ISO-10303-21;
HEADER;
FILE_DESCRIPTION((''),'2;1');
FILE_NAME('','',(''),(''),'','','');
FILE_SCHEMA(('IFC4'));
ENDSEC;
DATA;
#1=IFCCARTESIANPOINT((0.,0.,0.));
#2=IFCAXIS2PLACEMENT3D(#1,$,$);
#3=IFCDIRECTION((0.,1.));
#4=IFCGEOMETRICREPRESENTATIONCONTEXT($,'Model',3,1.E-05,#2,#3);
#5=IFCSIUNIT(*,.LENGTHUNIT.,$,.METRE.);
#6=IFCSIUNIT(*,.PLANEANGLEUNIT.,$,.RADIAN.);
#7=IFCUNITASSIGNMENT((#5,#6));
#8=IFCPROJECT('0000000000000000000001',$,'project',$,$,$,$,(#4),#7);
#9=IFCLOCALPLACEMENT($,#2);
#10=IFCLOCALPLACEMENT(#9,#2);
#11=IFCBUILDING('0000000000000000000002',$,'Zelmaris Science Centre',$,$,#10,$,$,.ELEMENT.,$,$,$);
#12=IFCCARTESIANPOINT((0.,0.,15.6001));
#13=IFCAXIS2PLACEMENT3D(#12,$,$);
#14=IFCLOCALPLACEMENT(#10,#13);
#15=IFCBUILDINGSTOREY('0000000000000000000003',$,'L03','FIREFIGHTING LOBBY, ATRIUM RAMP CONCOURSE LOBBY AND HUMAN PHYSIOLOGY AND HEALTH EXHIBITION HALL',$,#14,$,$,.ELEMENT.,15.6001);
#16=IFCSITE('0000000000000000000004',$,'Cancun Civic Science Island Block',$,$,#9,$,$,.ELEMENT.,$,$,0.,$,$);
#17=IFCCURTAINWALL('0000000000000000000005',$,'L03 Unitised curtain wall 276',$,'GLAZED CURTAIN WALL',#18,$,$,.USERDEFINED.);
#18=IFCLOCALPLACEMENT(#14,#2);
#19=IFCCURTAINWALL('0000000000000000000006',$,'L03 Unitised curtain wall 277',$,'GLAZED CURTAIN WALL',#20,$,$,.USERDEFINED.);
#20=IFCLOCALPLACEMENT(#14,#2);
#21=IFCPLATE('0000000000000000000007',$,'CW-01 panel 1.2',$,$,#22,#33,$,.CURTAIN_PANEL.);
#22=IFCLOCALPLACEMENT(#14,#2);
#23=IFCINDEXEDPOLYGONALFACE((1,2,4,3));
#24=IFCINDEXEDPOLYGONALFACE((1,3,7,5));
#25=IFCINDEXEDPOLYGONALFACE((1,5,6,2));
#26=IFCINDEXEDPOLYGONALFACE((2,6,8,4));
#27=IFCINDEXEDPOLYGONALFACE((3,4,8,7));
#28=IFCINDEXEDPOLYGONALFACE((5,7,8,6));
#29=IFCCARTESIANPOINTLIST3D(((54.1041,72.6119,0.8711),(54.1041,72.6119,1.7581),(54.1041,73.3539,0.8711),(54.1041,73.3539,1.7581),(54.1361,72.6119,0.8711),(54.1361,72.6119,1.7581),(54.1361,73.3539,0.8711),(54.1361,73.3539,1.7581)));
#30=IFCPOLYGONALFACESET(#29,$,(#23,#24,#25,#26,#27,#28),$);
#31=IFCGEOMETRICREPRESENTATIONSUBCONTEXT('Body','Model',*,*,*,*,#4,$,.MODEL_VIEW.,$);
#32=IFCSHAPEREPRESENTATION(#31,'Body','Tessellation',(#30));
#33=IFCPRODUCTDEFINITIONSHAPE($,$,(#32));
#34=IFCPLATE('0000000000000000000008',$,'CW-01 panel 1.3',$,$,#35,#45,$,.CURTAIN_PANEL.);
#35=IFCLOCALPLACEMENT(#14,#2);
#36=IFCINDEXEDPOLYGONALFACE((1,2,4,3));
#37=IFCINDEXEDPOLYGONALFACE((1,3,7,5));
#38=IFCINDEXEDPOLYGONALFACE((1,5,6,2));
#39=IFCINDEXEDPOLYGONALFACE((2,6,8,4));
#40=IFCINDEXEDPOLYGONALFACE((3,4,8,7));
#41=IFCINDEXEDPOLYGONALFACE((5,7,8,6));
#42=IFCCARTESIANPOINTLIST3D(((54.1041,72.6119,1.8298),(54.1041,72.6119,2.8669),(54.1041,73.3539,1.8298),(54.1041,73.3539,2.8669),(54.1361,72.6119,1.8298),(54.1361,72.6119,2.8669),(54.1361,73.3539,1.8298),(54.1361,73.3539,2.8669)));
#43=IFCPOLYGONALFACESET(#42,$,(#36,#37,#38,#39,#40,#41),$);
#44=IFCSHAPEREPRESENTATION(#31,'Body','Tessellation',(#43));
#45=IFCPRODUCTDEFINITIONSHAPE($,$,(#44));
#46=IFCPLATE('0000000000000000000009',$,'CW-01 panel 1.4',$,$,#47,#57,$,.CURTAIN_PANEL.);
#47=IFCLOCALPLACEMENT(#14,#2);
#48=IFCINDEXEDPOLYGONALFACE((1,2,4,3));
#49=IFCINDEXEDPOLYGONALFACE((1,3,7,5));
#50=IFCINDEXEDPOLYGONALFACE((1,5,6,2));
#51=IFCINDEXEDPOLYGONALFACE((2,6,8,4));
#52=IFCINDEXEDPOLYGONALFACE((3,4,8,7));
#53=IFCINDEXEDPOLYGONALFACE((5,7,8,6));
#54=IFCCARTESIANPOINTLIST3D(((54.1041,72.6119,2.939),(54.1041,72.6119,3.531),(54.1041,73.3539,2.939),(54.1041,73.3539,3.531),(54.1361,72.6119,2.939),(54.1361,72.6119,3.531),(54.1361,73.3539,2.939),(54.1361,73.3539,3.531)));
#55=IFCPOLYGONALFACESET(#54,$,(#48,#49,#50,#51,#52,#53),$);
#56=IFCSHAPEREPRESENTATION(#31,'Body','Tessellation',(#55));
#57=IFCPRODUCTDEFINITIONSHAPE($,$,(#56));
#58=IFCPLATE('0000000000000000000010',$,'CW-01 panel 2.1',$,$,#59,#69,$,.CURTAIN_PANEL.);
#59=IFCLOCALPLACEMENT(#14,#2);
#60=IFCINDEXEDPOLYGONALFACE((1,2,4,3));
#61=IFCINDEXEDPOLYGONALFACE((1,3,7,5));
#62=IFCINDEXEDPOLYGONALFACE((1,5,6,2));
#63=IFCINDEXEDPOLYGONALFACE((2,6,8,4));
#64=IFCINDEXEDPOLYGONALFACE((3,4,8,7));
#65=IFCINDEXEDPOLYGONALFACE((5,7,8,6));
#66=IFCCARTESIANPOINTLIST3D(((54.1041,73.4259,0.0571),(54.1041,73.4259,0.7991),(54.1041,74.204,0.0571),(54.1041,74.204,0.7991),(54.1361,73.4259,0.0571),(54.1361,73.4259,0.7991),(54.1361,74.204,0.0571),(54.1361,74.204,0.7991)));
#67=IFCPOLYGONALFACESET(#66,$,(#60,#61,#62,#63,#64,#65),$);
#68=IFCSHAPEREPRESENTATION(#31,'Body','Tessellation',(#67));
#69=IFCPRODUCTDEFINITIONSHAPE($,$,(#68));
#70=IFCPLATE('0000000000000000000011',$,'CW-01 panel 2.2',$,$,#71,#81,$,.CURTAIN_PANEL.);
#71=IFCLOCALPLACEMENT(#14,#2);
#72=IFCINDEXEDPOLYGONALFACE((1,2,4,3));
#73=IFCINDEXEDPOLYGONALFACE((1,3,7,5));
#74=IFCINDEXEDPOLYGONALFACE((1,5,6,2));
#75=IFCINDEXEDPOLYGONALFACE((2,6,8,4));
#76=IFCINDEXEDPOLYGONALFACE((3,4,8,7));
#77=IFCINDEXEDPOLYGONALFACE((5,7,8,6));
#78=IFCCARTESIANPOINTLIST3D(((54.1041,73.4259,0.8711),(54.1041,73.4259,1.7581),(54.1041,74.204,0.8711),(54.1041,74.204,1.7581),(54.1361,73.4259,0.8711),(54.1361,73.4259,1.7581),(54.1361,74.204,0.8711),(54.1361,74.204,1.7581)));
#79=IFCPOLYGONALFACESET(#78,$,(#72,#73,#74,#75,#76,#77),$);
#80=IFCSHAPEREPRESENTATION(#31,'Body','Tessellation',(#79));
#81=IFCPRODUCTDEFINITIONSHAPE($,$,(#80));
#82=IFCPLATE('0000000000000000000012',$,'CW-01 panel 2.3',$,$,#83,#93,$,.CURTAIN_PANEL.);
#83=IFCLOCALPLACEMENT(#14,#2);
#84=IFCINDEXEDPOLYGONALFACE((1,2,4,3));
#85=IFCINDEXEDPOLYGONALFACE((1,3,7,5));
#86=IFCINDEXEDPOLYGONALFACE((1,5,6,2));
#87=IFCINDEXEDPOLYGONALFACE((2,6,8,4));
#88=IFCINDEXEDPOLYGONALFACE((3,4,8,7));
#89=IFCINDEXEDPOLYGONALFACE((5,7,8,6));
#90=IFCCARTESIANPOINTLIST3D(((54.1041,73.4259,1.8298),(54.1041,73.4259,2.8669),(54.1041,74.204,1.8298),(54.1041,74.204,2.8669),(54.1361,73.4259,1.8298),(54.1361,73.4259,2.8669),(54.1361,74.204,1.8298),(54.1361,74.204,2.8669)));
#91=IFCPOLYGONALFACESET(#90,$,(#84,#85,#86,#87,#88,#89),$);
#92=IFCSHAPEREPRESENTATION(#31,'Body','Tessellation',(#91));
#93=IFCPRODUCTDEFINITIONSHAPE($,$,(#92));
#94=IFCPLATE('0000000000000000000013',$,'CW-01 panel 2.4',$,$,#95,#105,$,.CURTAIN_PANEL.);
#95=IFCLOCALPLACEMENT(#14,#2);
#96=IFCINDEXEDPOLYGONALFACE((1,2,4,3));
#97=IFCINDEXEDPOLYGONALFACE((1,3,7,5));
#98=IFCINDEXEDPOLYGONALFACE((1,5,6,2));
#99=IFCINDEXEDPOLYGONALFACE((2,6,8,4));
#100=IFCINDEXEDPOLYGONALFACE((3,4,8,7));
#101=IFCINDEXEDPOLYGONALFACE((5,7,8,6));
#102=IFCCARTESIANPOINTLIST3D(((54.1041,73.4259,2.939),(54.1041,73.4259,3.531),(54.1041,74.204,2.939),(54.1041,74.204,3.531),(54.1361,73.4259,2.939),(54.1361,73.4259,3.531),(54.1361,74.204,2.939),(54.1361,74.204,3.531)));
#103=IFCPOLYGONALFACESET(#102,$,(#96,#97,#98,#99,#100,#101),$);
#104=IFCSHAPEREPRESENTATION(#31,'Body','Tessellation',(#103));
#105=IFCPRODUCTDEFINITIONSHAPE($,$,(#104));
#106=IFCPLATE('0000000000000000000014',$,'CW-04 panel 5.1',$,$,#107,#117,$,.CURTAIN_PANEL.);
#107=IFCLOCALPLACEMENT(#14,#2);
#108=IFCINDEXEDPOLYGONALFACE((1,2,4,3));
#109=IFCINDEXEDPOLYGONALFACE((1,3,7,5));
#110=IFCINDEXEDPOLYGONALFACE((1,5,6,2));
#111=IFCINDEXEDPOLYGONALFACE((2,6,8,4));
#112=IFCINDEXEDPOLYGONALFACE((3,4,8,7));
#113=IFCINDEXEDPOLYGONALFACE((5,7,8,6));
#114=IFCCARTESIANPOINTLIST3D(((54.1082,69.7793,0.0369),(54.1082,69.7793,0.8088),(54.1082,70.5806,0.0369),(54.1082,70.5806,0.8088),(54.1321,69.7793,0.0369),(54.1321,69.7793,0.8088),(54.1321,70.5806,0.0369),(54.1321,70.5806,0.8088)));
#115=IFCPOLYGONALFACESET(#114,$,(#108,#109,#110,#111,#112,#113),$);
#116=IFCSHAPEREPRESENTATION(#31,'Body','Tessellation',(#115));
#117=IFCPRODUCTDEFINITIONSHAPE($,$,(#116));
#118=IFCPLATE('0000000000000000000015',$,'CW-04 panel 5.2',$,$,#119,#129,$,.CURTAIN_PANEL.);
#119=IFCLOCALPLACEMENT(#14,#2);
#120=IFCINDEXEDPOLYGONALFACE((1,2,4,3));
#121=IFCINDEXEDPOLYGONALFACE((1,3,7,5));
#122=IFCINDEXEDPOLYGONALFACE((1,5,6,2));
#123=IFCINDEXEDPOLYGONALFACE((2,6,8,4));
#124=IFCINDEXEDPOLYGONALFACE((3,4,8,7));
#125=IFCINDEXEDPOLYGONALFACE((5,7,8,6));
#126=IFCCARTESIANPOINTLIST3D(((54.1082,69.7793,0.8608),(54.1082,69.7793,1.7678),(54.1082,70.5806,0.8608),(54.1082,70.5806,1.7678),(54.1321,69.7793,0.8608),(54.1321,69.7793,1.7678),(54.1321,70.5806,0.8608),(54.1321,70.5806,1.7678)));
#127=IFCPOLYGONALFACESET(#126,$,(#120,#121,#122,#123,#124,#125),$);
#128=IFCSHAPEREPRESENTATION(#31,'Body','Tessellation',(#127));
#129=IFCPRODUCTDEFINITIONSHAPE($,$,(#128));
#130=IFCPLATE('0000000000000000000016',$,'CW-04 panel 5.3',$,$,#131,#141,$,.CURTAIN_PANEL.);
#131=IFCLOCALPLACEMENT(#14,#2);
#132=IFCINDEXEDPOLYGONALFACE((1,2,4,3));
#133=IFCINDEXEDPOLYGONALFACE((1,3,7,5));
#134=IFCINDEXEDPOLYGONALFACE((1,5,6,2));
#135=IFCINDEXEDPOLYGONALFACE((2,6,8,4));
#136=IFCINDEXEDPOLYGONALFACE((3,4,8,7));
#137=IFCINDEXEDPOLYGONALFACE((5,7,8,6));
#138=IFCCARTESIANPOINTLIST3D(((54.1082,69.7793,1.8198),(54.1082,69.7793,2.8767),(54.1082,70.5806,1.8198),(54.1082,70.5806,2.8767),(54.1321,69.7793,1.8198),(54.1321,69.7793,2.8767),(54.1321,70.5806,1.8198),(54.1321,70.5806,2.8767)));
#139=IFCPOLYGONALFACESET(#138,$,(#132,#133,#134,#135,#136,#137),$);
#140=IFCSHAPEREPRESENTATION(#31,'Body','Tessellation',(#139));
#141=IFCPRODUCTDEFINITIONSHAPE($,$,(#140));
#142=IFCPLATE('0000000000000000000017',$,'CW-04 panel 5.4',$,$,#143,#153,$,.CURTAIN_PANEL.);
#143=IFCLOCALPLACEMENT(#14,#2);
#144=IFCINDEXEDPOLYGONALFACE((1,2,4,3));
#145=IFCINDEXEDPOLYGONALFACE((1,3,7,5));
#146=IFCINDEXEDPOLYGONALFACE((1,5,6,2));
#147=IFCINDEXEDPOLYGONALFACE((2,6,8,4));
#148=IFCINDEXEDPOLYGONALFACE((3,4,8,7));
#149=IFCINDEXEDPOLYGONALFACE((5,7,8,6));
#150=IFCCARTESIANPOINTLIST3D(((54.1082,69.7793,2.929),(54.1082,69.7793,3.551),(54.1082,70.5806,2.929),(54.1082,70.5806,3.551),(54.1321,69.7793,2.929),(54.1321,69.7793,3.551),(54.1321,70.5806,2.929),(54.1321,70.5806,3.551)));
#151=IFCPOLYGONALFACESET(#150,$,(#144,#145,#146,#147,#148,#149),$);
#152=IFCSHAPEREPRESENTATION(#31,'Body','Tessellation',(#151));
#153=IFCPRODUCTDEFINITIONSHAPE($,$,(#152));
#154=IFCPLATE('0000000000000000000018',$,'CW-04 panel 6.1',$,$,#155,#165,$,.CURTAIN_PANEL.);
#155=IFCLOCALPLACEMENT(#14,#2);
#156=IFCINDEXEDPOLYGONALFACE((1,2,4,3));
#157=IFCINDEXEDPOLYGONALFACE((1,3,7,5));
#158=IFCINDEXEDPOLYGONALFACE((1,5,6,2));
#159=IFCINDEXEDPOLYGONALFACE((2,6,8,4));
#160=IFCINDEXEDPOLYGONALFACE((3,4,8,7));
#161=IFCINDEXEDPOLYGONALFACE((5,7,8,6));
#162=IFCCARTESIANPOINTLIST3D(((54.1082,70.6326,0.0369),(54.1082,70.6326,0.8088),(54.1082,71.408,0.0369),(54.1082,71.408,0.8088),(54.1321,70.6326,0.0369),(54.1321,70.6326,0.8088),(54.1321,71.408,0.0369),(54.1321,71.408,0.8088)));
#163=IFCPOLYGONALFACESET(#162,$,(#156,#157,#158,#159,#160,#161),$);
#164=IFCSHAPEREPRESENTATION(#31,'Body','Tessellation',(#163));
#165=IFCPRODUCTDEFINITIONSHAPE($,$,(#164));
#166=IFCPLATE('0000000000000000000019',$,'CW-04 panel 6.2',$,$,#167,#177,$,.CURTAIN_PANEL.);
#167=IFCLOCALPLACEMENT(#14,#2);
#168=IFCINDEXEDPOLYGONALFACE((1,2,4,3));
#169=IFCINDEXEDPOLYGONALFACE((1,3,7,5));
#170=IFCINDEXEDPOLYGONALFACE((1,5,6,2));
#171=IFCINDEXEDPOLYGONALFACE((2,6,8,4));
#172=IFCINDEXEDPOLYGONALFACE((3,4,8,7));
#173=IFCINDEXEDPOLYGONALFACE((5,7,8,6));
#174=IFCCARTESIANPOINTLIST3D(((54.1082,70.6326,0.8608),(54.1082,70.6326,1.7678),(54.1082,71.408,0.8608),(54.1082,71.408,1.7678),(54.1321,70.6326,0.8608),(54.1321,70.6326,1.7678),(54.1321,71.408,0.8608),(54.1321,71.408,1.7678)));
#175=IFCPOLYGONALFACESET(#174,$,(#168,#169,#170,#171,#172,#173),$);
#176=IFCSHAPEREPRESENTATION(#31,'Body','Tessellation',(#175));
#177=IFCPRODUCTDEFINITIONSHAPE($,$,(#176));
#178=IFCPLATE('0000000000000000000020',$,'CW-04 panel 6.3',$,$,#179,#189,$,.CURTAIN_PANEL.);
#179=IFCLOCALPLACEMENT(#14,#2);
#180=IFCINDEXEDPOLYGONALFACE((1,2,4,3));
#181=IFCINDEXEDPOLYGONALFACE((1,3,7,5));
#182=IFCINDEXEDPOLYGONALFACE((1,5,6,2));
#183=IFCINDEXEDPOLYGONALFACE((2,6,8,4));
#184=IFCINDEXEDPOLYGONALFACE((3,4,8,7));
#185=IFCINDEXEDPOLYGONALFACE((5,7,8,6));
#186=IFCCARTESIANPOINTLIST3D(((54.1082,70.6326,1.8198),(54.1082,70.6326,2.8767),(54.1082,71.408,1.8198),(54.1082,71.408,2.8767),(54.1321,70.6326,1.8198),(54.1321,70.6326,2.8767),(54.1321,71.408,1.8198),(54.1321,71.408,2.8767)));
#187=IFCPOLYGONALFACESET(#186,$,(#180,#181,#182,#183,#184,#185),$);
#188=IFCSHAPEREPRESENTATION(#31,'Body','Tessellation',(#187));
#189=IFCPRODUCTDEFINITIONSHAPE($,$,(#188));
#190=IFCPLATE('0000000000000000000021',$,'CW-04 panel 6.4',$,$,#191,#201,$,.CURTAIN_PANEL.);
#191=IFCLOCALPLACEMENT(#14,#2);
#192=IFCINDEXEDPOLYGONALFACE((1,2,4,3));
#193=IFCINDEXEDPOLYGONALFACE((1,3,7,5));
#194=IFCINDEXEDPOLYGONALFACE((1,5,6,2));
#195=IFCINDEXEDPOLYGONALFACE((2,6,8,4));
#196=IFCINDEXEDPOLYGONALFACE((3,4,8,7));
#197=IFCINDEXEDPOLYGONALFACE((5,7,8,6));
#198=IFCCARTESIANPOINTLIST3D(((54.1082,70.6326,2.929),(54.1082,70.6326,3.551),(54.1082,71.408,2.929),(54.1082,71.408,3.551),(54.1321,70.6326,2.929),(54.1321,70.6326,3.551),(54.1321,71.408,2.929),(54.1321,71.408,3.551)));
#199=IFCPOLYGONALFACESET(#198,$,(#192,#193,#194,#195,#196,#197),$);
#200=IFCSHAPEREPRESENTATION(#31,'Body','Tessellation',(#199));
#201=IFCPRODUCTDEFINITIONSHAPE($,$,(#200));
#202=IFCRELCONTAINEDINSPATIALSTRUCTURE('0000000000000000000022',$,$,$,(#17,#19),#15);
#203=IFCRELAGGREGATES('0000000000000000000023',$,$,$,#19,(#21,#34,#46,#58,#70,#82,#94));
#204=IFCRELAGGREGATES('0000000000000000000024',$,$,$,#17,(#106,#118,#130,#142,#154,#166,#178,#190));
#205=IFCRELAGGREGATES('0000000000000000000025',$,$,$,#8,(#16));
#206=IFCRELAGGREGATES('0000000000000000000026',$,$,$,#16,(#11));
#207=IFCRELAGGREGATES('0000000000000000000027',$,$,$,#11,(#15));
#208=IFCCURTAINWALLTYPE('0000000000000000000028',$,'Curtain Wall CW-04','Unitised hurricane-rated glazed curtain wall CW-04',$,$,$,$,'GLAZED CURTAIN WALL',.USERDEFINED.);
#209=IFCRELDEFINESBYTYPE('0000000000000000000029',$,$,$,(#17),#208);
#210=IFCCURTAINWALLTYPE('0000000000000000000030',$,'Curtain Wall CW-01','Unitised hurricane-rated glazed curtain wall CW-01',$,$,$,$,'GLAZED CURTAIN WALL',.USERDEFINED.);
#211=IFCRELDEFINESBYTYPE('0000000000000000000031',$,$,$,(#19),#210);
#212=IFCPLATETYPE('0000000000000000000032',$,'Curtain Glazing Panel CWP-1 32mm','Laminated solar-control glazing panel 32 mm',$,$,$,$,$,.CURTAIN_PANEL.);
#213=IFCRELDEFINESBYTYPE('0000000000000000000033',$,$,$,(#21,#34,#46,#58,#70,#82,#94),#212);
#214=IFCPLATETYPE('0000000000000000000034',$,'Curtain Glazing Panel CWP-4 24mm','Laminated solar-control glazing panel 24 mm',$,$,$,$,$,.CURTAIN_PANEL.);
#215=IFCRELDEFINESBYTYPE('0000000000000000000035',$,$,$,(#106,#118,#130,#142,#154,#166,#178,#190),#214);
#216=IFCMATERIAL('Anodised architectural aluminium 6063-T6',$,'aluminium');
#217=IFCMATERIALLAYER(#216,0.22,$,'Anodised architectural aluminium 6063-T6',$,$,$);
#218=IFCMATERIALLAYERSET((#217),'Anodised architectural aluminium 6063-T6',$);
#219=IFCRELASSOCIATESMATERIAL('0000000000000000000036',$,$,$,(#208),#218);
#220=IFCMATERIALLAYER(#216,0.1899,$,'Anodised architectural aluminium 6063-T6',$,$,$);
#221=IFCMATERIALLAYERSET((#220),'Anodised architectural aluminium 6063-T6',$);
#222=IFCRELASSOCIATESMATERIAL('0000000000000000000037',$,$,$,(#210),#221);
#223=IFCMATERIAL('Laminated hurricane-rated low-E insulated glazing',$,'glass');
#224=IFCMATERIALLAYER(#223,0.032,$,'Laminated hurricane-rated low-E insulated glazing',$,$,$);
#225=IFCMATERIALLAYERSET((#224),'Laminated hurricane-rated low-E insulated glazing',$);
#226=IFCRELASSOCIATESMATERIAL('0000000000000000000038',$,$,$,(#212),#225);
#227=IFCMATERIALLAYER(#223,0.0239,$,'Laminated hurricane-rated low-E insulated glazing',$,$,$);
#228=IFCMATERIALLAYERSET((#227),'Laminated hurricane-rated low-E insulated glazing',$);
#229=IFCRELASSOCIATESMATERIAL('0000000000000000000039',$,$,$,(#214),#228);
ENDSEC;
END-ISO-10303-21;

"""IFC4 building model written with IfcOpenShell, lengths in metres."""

from ifc_helpers import new_model, si_unit, direction, frame, origin, origin_2d, place, context, subcontext, project, spatial, rectangle, extrude, material, layer, layer_set, type_object, element, aggregate, save


model = new_model("IFC4")

# Units and contexts
model_context = context("Model", 3, precision=1e-05, world=origin(), true_north=direction((0.0, 1.0)))
body_context = subcontext(model_context, "Body", "Model", "MODEL_VIEW")
ifc_project = project(units=[si_unit("LENGTHUNIT", "METRE"), si_unit("PLANEANGLEUNIT", "RADIAN")], contexts=[model_context])

# Site, building, storey
site_placement = place(None, origin())
site = spatial("IfcSite", under=ifc_project, at=site_placement, Name="Cancun Civic Science Island Block", CompositionType="ELEMENT", RefElevation=0.0)
building_placement = place(site_placement, origin())
building = spatial("IfcBuilding", under=site, at=building_placement, Name="Zelmaris Science Centre", CompositionType="ELEMENT")
storey_placement = place(building_placement, frame((0.0, 0.0, 15.6001)))
storey = spatial("IfcBuildingStorey", under=building, at=storey_placement, Name="L03", Description="FIREFIGHTING LOBBY, ATRIUM RAMP CONCOURSE LOBBY AND HUMAN PHYSIOLOGY AND HEALTH EXHIBITION HALL", CompositionType="ELEMENT", Elevation=15.6001)

# Curtain walls
ifc_material_1 = material(Name="Anodised architectural aluminium 6063-T6", Category="aluminium")
ifc_layer_1 = layer(ifc_material_1, 0.22, Name="Anodised architectural aluminium 6063-T6")
ifc_layer_set_1 = layer_set([ifc_layer_1], Name="Anodised architectural aluminium 6063-T6")
curtain_wall_type_1 = type_object("IfcCurtainWallType", Name="Curtain Wall CW-04", Description="Unitised hurricane-rated glazed curtain wall CW-04", ElementType="GLAZED CURTAIN WALL", PredefinedType="USERDEFINED", material=ifc_layer_set_1)
curtain_wall_1_placement = place(storey_placement, origin())
curtain_wall_1 = element("IfcCurtainWall", 1, at=curtain_wall_1_placement, inside=storey, type_object=curtain_wall_type_1, Name="L03 Unitised curtain wall 276", ObjectType="GLAZED CURTAIN WALL", PredefinedType="USERDEFINED")
ifc_layer_2 = layer(ifc_material_1, 0.1899, Name="Anodised architectural aluminium 6063-T6")
ifc_layer_set_2 = layer_set([ifc_layer_2], Name="Anodised architectural aluminium 6063-T6")
curtain_wall_type_2 = type_object("IfcCurtainWallType", Name="Curtain Wall CW-01", Description="Unitised hurricane-rated glazed curtain wall CW-01", ElementType="GLAZED CURTAIN WALL", PredefinedType="USERDEFINED", material=ifc_layer_set_2)
curtain_wall_2_placement = place(storey_placement, origin())
curtain_wall_2 = element("IfcCurtainWall", 2, at=curtain_wall_2_placement, inside=storey, type_object=curtain_wall_type_2, Name="L03 Unitised curtain wall 277", ObjectType="GLAZED CURTAIN WALL", PredefinedType="USERDEFINED")

# Plates
ifc_material_2 = material(Name="Laminated hurricane-rated low-E insulated glazing", Category="glass")
ifc_layer_3 = layer(ifc_material_2, 0.032, Name="Laminated hurricane-rated low-E insulated glazing")
ifc_layer_set_3 = layer_set([ifc_layer_3], Name="Laminated hurricane-rated low-E insulated glazing")
plate_type_1 = type_object("IfcPlateType", Name="Curtain Glazing Panel CWP-1 32mm", Description="Laminated solar-control glazing panel 32 mm", PredefinedType="CURTAIN_PANEL", material=ifc_layer_set_3)
plate_1_placement = place(storey_placement, frame((54.1201, 72.9829, 0.8711), z_axis=(0.0, 0.0, 1.0), x_axis=(0.0, 1.0, 0.0)))
plate_1 = element("IfcPlate", 3, at=plate_1_placement, type_object=plate_type_1, Name="CW-01 panel 1.2", PredefinedType="CURTAIN_PANEL", context=body_context, shape_type="SweptSolid", body=[
    extrude(rectangle(XDim=0.7419, YDim=0.032, at=origin_2d()), origin(), (0.0, 0.0, 1.0), 0.887),
])
plate_2_placement = place(storey_placement, frame((54.1201, 72.9829, 1.8298), z_axis=(0.0, 0.0, 1.0), x_axis=(0.0, 1.0, 0.0)))
plate_2 = element("IfcPlate", 4, at=plate_2_placement, type_object=plate_type_1, Name="CW-01 panel 1.3", PredefinedType="CURTAIN_PANEL", context=body_context, shape_type="SweptSolid", body=[
    extrude(rectangle(XDim=0.7419, YDim=0.032, at=origin_2d()), origin(), (0.0, 0.0, 1.0), 1.0371),
])
plate_3_placement = place(storey_placement, frame((54.1201, 72.9829, 2.939), z_axis=(0.0, 0.0, 1.0), x_axis=(0.0, 1.0, 0.0)))
plate_3 = element("IfcPlate", 5, at=plate_3_placement, type_object=plate_type_1, Name="CW-01 panel 1.4", PredefinedType="CURTAIN_PANEL", context=body_context, shape_type="SweptSolid", body=[
    extrude(rectangle(XDim=0.7419, YDim=0.032, at=origin_2d()), origin(), (0.0, 0.0, 1.0), 0.592),
])
plate_4_placement = place(storey_placement, frame((54.1201, 73.8149, 0.0571), z_axis=(0.0, 0.0, 1.0), x_axis=(0.0, 1.0, 0.0)))
plate_4 = element("IfcPlate", 6, at=plate_4_placement, type_object=plate_type_1, Name="CW-01 panel 2.1", PredefinedType="CURTAIN_PANEL", context=body_context, shape_type="SweptSolid", body=[
    extrude(rectangle(XDim=0.7781, YDim=0.032, at=origin_2d()), origin(), (0.0, 0.0, 1.0), 0.7419),
])
plate_5_placement = place(storey_placement, frame((54.1201, 73.8149, 0.8711), z_axis=(0.0, 0.0, 1.0), x_axis=(0.0, 1.0, 0.0)))
plate_5 = element("IfcPlate", 7, at=plate_5_placement, type_object=plate_type_1, Name="CW-01 panel 2.2", PredefinedType="CURTAIN_PANEL", context=body_context, shape_type="SweptSolid", body=[
    extrude(rectangle(XDim=0.7781, YDim=0.032, at=origin_2d()), origin(), (0.0, 0.0, 1.0), 0.887),
])
plate_6_placement = place(storey_placement, frame((54.1201, 73.8149, 1.8298), z_axis=(0.0, 0.0, 1.0), x_axis=(0.0, 1.0, 0.0)))
plate_6 = element("IfcPlate", 8, at=plate_6_placement, type_object=plate_type_1, Name="CW-01 panel 2.3", PredefinedType="CURTAIN_PANEL", context=body_context, shape_type="SweptSolid", body=[
    extrude(rectangle(XDim=0.7781, YDim=0.032, at=origin_2d()), origin(), (0.0, 0.0, 1.0), 1.0371),
])
plate_7_placement = place(storey_placement, frame((54.1201, 73.8149, 2.939), z_axis=(0.0, 0.0, 1.0), x_axis=(0.0, 1.0, 0.0)))
plate_7 = element("IfcPlate", 9, at=plate_7_placement, type_object=plate_type_1, Name="CW-01 panel 2.4", PredefinedType="CURTAIN_PANEL", context=body_context, shape_type="SweptSolid", body=[
    extrude(rectangle(XDim=0.7781, YDim=0.032, at=origin_2d()), origin(), (0.0, 0.0, 1.0), 0.592),
])
aggregate(curtain_wall_2, [plate_1, plate_2, plate_3, plate_4, plate_5, plate_6, plate_7])
ifc_layer_4 = layer(ifc_material_2, 0.0239, Name="Laminated hurricane-rated low-E insulated glazing")
ifc_layer_set_4 = layer_set([ifc_layer_4], Name="Laminated hurricane-rated low-E insulated glazing")
plate_type_2 = type_object("IfcPlateType", Name="Curtain Glazing Panel CWP-4 24mm", Description="Laminated solar-control glazing panel 24 mm", PredefinedType="CURTAIN_PANEL", material=ifc_layer_set_4)
plate_8_placement = place(storey_placement, frame((54.1201, 70.1799, 0.0369), z_axis=(0.0, 0.0, 1.0), x_axis=(0.0, 1.0, 0.0)))
plate_8 = element("IfcPlate", 10, at=plate_8_placement, type_object=plate_type_2, Name="CW-04 panel 5.1", PredefinedType="CURTAIN_PANEL", context=body_context, shape_type="SweptSolid", body=[
    extrude(rectangle(XDim=0.8013, YDim=0.0239, at=origin_2d()), origin(), (0.0, 0.0, 1.0), 0.772),
])
plate_9_placement = place(storey_placement, frame((54.1201, 70.1799, 0.8608), z_axis=(0.0, 0.0, 1.0), x_axis=(0.0, 1.0, 0.0)))
plate_9 = element("IfcPlate", 11, at=plate_9_placement, type_object=plate_type_2, Name="CW-04 panel 5.2", PredefinedType="CURTAIN_PANEL", context=body_context, shape_type="SweptSolid", body=[
    extrude(rectangle(XDim=0.8013, YDim=0.0239, at=origin_2d()), origin(), (0.0, 0.0, 1.0), 0.907),
])
plate_10_placement = place(storey_placement, frame((54.1201, 70.1799, 1.8198), z_axis=(0.0, 0.0, 1.0), x_axis=(0.0, 1.0, 0.0)))
plate_10 = element("IfcPlate", 12, at=plate_10_placement, type_object=plate_type_2, Name="CW-04 panel 5.3", PredefinedType="CURTAIN_PANEL", context=body_context, shape_type="SweptSolid", body=[
    extrude(rectangle(XDim=0.8013, YDim=0.0239, at=origin_2d()), origin(), (0.0, 0.0, 1.0), 1.0569),
])
plate_11_placement = place(storey_placement, frame((54.1201, 70.1799, 2.929), z_axis=(0.0, 0.0, 1.0), x_axis=(0.0, 1.0, 0.0)))
plate_11 = element("IfcPlate", 13, at=plate_11_placement, type_object=plate_type_2, Name="CW-04 panel 5.4", PredefinedType="CURTAIN_PANEL", context=body_context, shape_type="SweptSolid", body=[
    extrude(rectangle(XDim=0.8013, YDim=0.0239, at=origin_2d()), origin(), (0.0, 0.0, 1.0), 0.6221),
])
plate_12_placement = place(storey_placement, frame((54.1201, 71.0203, 0.0369), z_axis=(0.0, 0.0, 1.0), x_axis=(0.0, 1.0, 0.0)))
plate_12 = element("IfcPlate", 14, at=plate_12_placement, type_object=plate_type_2, Name="CW-04 panel 6.1", PredefinedType="CURTAIN_PANEL", context=body_context, shape_type="SweptSolid", body=[
    extrude(rectangle(XDim=0.7754, YDim=0.0239, at=origin_2d()), origin(), (0.0, 0.0, 1.0), 0.772),
])
plate_13_placement = place(storey_placement, frame((54.1201, 71.0203, 0.8608), z_axis=(0.0, 0.0, 1.0), x_axis=(0.0, 1.0, 0.0)))
plate_13 = element("IfcPlate", 15, at=plate_13_placement, type_object=plate_type_2, Name="CW-04 panel 6.2", PredefinedType="CURTAIN_PANEL", context=body_context, shape_type="SweptSolid", body=[
    extrude(rectangle(XDim=0.7754, YDim=0.0239, at=origin_2d()), origin(), (0.0, 0.0, 1.0), 0.907),
])
plate_14_placement = place(storey_placement, frame((54.1201, 71.0203, 1.8198), z_axis=(0.0, 0.0, 1.0), x_axis=(0.0, 1.0, 0.0)))
plate_14 = element("IfcPlate", 16, at=plate_14_placement, type_object=plate_type_2, Name="CW-04 panel 6.3", PredefinedType="CURTAIN_PANEL", context=body_context, shape_type="SweptSolid", body=[
    extrude(rectangle(XDim=0.7754, YDim=0.0239, at=origin_2d()), origin(), (0.0, 0.0, 1.0), 1.0569),
])
plate_15_placement = place(storey_placement, frame((54.1201, 71.0203, 2.929), z_axis=(0.0, 0.0, 1.0), x_axis=(0.0, 1.0, 0.0)))
plate_15 = element("IfcPlate", 17, at=plate_15_placement, type_object=plate_type_2, Name="CW-04 panel 6.4", PredefinedType="CURTAIN_PANEL", context=body_context, shape_type="SweptSolid", body=[
    extrude(rectangle(XDim=0.7754, YDim=0.0239, at=origin_2d()), origin(), (0.0, 0.0, 1.0), 0.6221),
])
aggregate(curtain_wall_1, [plate_8, plate_9, plate_10, plate_11, plate_12, plate_13, plate_14, plate_15])

save(model, "model.ifc")
